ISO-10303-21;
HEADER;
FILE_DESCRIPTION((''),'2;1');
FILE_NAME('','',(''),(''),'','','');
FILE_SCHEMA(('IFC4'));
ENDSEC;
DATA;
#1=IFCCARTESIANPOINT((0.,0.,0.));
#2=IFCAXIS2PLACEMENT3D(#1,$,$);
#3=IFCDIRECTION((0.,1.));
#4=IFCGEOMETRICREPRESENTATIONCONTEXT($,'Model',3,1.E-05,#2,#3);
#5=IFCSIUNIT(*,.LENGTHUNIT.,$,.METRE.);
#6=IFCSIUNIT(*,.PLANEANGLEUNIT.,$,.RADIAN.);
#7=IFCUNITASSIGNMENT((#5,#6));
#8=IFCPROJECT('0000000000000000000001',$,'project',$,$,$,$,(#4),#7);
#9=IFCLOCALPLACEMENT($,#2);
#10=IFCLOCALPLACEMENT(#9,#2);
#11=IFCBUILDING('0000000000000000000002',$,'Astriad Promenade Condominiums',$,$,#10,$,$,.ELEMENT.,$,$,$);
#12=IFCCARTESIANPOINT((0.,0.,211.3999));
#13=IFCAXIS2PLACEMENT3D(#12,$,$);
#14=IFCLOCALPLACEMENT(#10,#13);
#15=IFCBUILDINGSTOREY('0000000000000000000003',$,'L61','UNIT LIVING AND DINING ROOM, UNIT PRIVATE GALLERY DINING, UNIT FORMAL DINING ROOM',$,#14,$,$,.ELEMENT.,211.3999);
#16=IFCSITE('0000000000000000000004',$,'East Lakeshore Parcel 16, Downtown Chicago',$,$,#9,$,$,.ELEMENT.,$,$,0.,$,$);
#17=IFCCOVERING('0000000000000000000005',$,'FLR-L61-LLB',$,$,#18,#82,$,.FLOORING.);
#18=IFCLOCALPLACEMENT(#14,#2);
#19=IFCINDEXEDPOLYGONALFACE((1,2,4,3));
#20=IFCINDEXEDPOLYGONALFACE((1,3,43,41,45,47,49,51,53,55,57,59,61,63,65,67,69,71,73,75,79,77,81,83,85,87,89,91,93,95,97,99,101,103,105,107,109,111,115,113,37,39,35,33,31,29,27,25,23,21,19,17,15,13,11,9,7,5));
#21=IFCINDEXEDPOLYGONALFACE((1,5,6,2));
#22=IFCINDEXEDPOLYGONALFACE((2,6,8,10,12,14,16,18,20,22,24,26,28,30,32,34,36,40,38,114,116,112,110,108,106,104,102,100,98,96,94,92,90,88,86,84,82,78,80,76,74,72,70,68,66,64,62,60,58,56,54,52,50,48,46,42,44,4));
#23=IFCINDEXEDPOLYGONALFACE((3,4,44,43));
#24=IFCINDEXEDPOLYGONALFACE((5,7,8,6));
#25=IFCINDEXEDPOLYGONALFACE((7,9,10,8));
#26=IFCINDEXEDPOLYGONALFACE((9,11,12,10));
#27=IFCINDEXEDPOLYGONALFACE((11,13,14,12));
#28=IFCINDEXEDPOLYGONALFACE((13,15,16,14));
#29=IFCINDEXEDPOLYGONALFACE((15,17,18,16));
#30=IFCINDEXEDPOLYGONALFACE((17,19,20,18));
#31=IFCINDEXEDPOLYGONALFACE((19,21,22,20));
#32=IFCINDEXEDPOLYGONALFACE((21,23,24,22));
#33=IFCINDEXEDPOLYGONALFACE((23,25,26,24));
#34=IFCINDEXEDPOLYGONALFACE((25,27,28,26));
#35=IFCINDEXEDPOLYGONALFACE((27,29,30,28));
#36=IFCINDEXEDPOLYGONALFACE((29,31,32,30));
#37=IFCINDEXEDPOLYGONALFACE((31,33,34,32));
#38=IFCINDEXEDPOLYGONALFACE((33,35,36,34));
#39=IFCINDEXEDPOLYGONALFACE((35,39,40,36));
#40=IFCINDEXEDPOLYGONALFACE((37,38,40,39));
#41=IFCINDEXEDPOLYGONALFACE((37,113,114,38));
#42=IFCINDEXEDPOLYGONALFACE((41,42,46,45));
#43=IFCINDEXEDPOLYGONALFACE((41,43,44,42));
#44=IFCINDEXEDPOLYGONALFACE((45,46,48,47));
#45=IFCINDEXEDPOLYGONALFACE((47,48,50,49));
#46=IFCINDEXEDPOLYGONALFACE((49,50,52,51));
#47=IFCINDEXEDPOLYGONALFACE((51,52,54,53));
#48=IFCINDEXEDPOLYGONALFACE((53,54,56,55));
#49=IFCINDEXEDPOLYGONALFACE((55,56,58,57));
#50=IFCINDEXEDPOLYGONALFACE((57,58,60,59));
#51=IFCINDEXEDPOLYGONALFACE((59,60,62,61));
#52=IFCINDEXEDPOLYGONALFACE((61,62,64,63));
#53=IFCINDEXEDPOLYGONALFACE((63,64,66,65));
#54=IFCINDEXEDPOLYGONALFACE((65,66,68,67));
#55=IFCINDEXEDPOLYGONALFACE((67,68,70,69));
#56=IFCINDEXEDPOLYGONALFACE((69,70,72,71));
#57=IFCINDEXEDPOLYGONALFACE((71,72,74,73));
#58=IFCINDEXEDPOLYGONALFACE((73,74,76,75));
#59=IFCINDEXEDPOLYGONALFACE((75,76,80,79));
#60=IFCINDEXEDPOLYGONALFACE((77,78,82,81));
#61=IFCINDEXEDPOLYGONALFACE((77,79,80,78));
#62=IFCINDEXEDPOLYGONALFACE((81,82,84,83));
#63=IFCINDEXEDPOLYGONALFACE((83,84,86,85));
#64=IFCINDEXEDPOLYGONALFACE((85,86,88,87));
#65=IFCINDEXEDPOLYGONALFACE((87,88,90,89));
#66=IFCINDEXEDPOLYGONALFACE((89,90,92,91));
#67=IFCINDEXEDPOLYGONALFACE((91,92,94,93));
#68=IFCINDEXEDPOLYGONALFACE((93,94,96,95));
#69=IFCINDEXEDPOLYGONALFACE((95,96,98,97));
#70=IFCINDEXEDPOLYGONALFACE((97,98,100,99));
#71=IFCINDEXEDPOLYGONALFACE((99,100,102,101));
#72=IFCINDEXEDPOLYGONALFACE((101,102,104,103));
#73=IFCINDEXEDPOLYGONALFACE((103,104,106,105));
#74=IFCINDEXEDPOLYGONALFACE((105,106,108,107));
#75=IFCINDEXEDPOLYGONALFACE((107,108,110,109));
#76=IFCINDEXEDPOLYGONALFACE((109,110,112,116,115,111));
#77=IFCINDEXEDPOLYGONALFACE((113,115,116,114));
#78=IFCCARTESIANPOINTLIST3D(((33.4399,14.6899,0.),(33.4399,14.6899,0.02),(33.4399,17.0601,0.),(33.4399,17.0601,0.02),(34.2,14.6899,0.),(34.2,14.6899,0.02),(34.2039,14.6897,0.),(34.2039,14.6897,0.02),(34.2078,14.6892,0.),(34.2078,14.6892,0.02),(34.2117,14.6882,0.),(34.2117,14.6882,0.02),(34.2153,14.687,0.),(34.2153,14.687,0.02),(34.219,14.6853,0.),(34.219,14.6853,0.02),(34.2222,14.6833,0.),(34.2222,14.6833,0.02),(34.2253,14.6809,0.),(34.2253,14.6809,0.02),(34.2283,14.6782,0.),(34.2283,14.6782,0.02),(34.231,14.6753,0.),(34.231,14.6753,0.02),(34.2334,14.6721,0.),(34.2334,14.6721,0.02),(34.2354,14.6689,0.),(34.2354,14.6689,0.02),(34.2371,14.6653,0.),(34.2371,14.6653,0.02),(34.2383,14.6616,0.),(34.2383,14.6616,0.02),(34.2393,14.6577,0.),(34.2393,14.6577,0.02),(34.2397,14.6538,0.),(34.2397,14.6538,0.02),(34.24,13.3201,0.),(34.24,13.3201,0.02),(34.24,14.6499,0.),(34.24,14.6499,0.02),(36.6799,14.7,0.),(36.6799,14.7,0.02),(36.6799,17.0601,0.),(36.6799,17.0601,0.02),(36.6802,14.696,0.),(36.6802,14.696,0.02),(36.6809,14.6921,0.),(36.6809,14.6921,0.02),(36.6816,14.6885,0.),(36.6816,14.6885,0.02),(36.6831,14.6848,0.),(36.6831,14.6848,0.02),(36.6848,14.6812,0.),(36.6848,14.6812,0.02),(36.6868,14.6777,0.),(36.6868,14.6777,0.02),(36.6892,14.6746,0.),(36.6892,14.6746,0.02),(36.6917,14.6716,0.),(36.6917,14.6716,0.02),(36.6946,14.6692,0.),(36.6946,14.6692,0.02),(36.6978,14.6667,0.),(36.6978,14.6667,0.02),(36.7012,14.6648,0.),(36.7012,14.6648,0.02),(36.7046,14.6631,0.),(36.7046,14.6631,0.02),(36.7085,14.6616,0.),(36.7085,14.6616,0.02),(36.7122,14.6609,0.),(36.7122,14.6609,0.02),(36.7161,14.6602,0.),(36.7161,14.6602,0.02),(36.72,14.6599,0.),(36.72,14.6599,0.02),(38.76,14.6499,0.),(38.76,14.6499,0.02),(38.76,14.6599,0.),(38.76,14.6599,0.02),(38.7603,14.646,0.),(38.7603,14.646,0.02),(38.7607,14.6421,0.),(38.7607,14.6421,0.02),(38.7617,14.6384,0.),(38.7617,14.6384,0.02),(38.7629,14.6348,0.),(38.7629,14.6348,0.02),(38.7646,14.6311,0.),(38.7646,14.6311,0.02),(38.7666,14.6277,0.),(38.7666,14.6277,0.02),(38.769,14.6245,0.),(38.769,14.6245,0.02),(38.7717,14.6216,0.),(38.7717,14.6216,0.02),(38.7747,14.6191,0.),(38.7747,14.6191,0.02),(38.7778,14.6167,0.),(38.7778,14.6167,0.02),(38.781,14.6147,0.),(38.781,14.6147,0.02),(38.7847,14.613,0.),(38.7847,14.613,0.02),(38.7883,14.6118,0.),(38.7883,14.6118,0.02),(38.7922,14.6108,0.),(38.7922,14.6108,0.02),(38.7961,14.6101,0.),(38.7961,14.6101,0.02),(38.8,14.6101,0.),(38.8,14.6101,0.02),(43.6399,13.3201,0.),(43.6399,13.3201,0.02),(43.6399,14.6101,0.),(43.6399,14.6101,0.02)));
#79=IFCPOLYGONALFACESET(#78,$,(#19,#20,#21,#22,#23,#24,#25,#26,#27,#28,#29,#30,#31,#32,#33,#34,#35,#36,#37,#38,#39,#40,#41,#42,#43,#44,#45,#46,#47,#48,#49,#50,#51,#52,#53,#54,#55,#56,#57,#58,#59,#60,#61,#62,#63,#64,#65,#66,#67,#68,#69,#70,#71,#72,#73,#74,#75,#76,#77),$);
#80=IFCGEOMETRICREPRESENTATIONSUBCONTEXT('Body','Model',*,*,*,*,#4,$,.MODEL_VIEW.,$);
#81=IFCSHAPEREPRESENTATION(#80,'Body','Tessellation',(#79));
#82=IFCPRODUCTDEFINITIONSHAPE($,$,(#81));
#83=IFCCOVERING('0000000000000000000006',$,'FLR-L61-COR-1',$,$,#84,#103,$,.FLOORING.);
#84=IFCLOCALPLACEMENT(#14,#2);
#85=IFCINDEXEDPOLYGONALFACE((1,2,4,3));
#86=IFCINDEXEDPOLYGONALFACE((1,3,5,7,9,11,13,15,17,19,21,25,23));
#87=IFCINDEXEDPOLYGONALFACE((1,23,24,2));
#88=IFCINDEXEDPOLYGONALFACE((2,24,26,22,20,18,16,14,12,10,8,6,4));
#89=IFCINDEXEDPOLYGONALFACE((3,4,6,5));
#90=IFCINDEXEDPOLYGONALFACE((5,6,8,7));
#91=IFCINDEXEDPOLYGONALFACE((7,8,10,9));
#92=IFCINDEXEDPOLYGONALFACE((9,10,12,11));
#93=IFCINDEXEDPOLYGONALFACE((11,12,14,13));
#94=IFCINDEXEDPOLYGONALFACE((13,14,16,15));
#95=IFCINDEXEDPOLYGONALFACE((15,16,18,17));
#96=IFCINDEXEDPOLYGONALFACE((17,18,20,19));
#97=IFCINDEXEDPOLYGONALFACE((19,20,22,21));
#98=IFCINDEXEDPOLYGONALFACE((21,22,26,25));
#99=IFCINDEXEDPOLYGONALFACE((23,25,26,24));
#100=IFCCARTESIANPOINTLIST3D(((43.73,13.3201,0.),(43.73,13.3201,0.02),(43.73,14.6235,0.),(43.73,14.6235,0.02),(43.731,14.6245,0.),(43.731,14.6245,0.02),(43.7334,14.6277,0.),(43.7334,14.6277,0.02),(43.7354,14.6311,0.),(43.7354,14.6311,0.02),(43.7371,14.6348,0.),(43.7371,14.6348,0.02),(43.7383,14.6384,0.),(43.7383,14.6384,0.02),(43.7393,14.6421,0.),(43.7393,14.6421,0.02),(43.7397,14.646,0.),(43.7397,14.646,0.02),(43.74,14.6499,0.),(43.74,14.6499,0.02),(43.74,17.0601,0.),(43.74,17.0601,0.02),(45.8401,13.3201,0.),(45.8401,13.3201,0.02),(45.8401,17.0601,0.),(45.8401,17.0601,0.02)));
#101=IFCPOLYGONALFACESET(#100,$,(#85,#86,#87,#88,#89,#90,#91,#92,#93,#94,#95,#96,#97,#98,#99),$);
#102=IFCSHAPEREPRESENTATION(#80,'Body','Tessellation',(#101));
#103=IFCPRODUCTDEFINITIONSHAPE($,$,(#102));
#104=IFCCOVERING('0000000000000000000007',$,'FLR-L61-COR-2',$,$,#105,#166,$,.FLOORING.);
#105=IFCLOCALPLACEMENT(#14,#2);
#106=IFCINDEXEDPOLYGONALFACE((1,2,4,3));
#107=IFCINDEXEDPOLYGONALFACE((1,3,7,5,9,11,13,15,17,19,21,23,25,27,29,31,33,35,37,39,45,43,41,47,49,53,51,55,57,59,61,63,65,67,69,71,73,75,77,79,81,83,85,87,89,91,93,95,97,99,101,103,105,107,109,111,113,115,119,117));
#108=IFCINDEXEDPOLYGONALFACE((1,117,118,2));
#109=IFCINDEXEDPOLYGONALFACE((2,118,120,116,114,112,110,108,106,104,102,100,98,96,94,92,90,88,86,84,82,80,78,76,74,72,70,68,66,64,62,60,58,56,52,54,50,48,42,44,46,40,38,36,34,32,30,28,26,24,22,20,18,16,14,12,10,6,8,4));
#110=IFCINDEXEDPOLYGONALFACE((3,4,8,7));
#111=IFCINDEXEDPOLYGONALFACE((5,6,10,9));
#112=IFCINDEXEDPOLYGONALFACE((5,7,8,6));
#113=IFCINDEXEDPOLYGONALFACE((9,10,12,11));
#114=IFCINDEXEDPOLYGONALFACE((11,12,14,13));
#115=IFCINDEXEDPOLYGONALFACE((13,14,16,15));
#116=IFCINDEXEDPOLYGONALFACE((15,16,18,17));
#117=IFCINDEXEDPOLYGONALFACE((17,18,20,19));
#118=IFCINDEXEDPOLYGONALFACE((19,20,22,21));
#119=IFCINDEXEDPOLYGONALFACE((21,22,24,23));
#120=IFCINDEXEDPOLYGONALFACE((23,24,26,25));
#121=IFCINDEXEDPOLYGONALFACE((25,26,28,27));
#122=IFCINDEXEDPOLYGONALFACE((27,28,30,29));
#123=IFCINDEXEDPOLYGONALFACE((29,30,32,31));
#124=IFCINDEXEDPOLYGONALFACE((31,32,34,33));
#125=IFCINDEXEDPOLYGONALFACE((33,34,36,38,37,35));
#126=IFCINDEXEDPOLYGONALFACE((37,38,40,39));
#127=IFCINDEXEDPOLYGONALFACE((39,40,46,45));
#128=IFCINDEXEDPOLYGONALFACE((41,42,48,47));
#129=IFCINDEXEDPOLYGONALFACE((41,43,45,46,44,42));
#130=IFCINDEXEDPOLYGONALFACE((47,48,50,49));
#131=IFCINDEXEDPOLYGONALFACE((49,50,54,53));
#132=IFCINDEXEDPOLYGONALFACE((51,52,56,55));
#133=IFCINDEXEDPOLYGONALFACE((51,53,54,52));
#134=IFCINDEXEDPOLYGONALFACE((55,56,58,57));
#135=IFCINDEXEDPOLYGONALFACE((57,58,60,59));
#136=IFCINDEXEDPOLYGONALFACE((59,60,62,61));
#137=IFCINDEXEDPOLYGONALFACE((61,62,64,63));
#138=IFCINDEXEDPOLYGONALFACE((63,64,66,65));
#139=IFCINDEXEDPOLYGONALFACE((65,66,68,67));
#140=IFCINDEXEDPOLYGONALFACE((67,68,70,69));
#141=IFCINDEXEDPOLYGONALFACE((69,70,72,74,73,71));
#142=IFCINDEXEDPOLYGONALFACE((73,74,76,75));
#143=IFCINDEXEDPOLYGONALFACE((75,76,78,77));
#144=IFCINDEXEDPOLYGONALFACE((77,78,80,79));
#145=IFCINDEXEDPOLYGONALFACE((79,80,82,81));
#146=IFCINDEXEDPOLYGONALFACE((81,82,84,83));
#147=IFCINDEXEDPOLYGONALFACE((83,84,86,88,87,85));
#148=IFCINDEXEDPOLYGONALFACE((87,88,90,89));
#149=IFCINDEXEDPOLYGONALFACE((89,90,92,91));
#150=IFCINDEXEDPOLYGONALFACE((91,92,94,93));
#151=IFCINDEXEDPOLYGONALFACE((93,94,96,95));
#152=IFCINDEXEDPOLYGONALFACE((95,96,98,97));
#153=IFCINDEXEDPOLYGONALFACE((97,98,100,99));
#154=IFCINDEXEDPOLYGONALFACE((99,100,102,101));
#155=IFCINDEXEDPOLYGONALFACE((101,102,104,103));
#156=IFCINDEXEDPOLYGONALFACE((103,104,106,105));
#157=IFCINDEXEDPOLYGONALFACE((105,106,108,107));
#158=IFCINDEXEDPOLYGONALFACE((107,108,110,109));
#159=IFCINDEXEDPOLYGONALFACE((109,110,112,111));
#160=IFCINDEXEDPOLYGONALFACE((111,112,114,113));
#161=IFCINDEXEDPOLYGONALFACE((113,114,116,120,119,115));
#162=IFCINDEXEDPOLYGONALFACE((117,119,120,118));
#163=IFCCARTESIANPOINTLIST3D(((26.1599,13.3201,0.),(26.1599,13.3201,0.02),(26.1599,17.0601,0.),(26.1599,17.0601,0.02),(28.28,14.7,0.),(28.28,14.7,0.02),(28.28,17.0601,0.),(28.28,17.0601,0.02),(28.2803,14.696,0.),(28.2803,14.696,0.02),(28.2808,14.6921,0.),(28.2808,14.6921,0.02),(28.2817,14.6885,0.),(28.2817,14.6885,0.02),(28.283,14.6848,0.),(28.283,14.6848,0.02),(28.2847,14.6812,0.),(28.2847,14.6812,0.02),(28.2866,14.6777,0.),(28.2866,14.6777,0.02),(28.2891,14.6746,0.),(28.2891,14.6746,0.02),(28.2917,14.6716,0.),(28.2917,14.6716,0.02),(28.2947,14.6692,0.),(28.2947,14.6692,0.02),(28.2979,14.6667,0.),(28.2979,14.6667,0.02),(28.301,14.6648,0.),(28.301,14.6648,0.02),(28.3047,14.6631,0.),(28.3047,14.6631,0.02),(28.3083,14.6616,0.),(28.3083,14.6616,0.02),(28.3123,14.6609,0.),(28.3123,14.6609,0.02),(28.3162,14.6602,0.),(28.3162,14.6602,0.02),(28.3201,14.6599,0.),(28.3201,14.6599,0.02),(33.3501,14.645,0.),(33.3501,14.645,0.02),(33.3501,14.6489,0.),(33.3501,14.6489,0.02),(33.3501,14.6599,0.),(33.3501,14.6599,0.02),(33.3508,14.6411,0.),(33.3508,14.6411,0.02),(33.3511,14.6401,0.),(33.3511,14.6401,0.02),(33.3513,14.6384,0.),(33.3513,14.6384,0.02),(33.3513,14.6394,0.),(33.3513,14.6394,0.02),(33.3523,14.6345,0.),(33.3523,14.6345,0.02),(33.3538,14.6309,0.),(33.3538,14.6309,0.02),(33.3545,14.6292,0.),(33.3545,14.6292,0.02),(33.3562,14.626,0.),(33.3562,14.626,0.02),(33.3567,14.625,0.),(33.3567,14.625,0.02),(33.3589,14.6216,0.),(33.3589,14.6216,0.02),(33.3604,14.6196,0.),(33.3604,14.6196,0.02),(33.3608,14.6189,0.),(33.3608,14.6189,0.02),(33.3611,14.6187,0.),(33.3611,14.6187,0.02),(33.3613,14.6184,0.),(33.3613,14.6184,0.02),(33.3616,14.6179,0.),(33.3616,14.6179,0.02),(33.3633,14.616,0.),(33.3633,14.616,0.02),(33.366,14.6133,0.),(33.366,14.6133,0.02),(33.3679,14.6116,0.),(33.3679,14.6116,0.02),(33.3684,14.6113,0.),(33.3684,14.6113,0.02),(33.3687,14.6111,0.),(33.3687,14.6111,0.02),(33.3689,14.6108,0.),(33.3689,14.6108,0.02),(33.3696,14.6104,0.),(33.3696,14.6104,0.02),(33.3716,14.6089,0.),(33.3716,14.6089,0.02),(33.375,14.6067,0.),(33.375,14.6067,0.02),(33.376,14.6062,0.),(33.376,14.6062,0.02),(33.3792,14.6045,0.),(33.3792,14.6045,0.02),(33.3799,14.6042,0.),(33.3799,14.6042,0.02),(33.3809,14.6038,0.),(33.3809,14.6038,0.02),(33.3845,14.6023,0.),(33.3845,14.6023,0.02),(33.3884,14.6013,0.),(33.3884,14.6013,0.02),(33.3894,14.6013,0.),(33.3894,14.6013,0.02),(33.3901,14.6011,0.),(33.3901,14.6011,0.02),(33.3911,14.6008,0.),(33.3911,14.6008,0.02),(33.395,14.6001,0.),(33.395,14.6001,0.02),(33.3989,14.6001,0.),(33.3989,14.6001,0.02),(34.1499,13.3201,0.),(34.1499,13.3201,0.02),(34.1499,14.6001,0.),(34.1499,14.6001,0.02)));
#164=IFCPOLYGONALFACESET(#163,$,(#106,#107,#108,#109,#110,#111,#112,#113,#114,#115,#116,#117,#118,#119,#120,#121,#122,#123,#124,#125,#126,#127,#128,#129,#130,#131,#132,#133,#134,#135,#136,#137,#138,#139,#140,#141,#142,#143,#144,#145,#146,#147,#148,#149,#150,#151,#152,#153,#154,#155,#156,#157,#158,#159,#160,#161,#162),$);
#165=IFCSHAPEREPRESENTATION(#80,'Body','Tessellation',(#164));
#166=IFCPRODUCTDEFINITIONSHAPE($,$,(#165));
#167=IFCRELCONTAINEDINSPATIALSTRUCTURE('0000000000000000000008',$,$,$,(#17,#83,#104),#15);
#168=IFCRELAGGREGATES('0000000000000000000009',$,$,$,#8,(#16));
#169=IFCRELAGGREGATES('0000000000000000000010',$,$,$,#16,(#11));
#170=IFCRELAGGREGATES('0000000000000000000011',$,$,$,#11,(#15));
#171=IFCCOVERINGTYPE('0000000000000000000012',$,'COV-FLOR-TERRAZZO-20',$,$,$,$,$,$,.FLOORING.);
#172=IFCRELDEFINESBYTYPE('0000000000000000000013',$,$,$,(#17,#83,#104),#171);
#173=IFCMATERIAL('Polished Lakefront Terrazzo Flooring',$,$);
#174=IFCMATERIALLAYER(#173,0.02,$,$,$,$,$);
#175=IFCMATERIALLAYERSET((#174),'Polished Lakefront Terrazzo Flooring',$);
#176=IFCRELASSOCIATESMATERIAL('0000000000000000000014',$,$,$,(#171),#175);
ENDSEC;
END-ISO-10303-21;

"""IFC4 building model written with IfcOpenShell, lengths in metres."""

from ifc_helpers import new_model, si_unit, direction, frame, origin, place, context, subcontext, project, spatial, polyline, outline, extrude, material, layer, layer_set, type_object, element, save


model = new_model("IFC4")

# Units and contexts
model_context = context("Model", 3, precision=1e-05, world=origin(), true_north=direction((0.0, 1.0)))
body_context = subcontext(model_context, "Body", "Model", "MODEL_VIEW")
ifc_project = project(units=[si_unit("LENGTHUNIT", "METRE"), si_unit("PLANEANGLEUNIT", "RADIAN")], contexts=[model_context])

# Site, building, storey
site_placement = place(None, origin())
site = spatial("IfcSite", under=ifc_project, at=site_placement, Name="East Lakeshore Parcel 16, Downtown Chicago", CompositionType="ELEMENT", RefElevation=0.0)
building_placement = place(site_placement, origin())
building = spatial("IfcBuilding", under=site, at=building_placement, Name="Astriad Promenade Condominiums", CompositionType="ELEMENT")
storey_placement = place(building_placement, frame((0.0, 0.0, 211.3999)))
storey = spatial("IfcBuildingStorey", under=building, at=storey_placement, Name="L61", Description="UNIT LIVING AND DINING ROOM, UNIT PRIVATE GALLERY DINING, UNIT FORMAL DINING ROOM", CompositionType="ELEMENT", Elevation=211.3999)

# Coverings
ifc_material_1 = material(Name="Polished Lakefront Terrazzo Flooring")
ifc_layer_1 = layer(ifc_material_1, 0.02)
ifc_layer_set_1 = layer_set([ifc_layer_1], Name="Polished Lakefront Terrazzo Flooring")
covering_type_1 = type_object("IfcCoveringType", Name="COV-FLOR-TERRAZZO-20", PredefinedType="FLOORING", material=ifc_layer_set_1)
covering_1_placement = place(storey_placement, origin())
element("IfcCovering", 1, at=covering_1_placement, inside=storey, type_object=covering_type_1, Name="FLR-L61-LLB", PredefinedType="FLOORING", context=body_context, shape_type="SweptSolid", body=[
    extrude(outline(polyline([(43.6399, 14.6101), (43.6399, 13.3201), (34.24, 13.3201), (34.24, 14.6499), (34.2397, 14.6538), (34.2393, 14.6577), (34.2383, 14.6616), (34.2371, 14.6653), (34.2354, 14.6689), (34.2334, 14.6721), (34.231, 14.6753), (34.2283, 14.6782), (34.2253, 14.6809), (34.2222, 14.6833), (34.219, 14.6853), (34.2153, 14.687), (34.2117, 14.6882), (34.2078, 14.6892), (34.2039, 14.6897), (34.2, 14.6899), (33.4399, 14.6899), (33.4399, 17.0601), (36.6799, 17.0601), (36.6799, 14.7), (36.6802, 14.696), (36.6809, 14.6921), (36.6816, 14.6885), (36.6831, 14.6848), (36.6848, 14.6812), (36.6868, 14.6777), (36.6892, 14.6746), (36.6917, 14.6716), (36.6946, 14.6692), (36.6978, 14.6667), (36.7012, 14.6648), (36.7046, 14.6631), (36.7085, 14.6616), (36.7122, 14.6609), (36.7161, 14.6602), (36.72, 14.6599), (38.76, 14.6599), (38.76, 14.6499), (38.7603, 14.646), (38.7607, 14.6421), (38.7617, 14.6384), (38.7629, 14.6348), (38.7646, 14.6311), (38.7666, 14.6277), (38.769, 14.6245), (38.7717, 14.6216), (38.7747, 14.6191), (38.7778, 14.6167), (38.781, 14.6147), (38.7847, 14.613), (38.7883, 14.6118), (38.7922, 14.6108), (38.7961, 14.6101), (38.8, 14.6101), (43.6399, 14.6101)])), origin(), (0.0, 0.0, 1.0), 0.02),
])
covering_2_placement = place(storey_placement, origin())
element("IfcCovering", 2, at=covering_2_placement, inside=storey, type_object=covering_type_1, Name="FLR-L61-COR-1", PredefinedType="FLOORING", context=body_context, shape_type="SweptSolid", body=[
    extrude(outline(polyline([(43.73, 13.3201), (43.73, 14.6235), (43.731, 14.6245), (43.7334, 14.6277), (43.7354, 14.6311), (43.7371, 14.6348), (43.7383, 14.6384), (43.7393, 14.6421), (43.7397, 14.646), (43.74, 14.6499), (43.74, 17.0601), (45.8401, 17.0601), (45.8401, 13.3201), (43.73, 13.3201)])), origin(), (0.0, 0.0, 1.0), 0.02),
])
covering_3_placement = place(storey_placement, origin())
element("IfcCovering", 3, at=covering_3_placement, inside=storey, type_object=covering_type_1, Name="FLR-L61-COR-2", PredefinedType="FLOORING", context=body_context, shape_type="SweptSolid", body=[
    extrude(outline(polyline([(26.1599, 13.3201), (26.1599, 17.0601), (28.28, 17.0601), (28.28, 14.7), (28.2803, 14.696), (28.2808, 14.6921), (28.2817, 14.6885), (28.283, 14.6848), (28.2847, 14.6812), (28.2866, 14.6777), (28.2891, 14.6746), (28.2917, 14.6716), (28.2947, 14.6692), (28.2979, 14.6667), (28.301, 14.6648), (28.3047, 14.6631), (28.3083, 14.6616), (28.3123, 14.6609), (28.3162, 14.6602), (28.3201, 14.6599), (33.3501, 14.6599), (33.3501, 14.6489), (33.3501, 14.645), (33.3508, 14.6411), (33.3511, 14.6401), (33.3513, 14.6394), (33.3513, 14.6384), (33.3523, 14.6345), (33.3538, 14.6309), (33.3545, 14.6292), (33.3562, 14.626), (33.3567, 14.625), (33.3589, 14.6216), (33.3604, 14.6196), (33.3608, 14.6189), (33.3611, 14.6187), (33.3613, 14.6184), (33.3616, 14.6179), (33.3633, 14.616), (33.366, 14.6133), (33.3679, 14.6116), (33.3684, 14.6113), (33.3687, 14.6111), (33.3689, 14.6108), (33.3696, 14.6104), (33.3716, 14.6089), (33.375, 14.6067), (33.376, 14.6062), (33.3792, 14.6045), (33.3799, 14.6042), (33.3809, 14.6038), (33.3845, 14.6023), (33.3884, 14.6013), (33.3894, 14.6013), (33.3901, 14.6011), (33.3911, 14.6008), (33.395, 14.6001), (33.3989, 14.6001), (34.1499, 14.6001), (34.1499, 13.3201), (26.1599, 13.3201)])), origin(), (0.0, 0.0, 1.0), 0.02),
])

save(model, "model.ifc")
